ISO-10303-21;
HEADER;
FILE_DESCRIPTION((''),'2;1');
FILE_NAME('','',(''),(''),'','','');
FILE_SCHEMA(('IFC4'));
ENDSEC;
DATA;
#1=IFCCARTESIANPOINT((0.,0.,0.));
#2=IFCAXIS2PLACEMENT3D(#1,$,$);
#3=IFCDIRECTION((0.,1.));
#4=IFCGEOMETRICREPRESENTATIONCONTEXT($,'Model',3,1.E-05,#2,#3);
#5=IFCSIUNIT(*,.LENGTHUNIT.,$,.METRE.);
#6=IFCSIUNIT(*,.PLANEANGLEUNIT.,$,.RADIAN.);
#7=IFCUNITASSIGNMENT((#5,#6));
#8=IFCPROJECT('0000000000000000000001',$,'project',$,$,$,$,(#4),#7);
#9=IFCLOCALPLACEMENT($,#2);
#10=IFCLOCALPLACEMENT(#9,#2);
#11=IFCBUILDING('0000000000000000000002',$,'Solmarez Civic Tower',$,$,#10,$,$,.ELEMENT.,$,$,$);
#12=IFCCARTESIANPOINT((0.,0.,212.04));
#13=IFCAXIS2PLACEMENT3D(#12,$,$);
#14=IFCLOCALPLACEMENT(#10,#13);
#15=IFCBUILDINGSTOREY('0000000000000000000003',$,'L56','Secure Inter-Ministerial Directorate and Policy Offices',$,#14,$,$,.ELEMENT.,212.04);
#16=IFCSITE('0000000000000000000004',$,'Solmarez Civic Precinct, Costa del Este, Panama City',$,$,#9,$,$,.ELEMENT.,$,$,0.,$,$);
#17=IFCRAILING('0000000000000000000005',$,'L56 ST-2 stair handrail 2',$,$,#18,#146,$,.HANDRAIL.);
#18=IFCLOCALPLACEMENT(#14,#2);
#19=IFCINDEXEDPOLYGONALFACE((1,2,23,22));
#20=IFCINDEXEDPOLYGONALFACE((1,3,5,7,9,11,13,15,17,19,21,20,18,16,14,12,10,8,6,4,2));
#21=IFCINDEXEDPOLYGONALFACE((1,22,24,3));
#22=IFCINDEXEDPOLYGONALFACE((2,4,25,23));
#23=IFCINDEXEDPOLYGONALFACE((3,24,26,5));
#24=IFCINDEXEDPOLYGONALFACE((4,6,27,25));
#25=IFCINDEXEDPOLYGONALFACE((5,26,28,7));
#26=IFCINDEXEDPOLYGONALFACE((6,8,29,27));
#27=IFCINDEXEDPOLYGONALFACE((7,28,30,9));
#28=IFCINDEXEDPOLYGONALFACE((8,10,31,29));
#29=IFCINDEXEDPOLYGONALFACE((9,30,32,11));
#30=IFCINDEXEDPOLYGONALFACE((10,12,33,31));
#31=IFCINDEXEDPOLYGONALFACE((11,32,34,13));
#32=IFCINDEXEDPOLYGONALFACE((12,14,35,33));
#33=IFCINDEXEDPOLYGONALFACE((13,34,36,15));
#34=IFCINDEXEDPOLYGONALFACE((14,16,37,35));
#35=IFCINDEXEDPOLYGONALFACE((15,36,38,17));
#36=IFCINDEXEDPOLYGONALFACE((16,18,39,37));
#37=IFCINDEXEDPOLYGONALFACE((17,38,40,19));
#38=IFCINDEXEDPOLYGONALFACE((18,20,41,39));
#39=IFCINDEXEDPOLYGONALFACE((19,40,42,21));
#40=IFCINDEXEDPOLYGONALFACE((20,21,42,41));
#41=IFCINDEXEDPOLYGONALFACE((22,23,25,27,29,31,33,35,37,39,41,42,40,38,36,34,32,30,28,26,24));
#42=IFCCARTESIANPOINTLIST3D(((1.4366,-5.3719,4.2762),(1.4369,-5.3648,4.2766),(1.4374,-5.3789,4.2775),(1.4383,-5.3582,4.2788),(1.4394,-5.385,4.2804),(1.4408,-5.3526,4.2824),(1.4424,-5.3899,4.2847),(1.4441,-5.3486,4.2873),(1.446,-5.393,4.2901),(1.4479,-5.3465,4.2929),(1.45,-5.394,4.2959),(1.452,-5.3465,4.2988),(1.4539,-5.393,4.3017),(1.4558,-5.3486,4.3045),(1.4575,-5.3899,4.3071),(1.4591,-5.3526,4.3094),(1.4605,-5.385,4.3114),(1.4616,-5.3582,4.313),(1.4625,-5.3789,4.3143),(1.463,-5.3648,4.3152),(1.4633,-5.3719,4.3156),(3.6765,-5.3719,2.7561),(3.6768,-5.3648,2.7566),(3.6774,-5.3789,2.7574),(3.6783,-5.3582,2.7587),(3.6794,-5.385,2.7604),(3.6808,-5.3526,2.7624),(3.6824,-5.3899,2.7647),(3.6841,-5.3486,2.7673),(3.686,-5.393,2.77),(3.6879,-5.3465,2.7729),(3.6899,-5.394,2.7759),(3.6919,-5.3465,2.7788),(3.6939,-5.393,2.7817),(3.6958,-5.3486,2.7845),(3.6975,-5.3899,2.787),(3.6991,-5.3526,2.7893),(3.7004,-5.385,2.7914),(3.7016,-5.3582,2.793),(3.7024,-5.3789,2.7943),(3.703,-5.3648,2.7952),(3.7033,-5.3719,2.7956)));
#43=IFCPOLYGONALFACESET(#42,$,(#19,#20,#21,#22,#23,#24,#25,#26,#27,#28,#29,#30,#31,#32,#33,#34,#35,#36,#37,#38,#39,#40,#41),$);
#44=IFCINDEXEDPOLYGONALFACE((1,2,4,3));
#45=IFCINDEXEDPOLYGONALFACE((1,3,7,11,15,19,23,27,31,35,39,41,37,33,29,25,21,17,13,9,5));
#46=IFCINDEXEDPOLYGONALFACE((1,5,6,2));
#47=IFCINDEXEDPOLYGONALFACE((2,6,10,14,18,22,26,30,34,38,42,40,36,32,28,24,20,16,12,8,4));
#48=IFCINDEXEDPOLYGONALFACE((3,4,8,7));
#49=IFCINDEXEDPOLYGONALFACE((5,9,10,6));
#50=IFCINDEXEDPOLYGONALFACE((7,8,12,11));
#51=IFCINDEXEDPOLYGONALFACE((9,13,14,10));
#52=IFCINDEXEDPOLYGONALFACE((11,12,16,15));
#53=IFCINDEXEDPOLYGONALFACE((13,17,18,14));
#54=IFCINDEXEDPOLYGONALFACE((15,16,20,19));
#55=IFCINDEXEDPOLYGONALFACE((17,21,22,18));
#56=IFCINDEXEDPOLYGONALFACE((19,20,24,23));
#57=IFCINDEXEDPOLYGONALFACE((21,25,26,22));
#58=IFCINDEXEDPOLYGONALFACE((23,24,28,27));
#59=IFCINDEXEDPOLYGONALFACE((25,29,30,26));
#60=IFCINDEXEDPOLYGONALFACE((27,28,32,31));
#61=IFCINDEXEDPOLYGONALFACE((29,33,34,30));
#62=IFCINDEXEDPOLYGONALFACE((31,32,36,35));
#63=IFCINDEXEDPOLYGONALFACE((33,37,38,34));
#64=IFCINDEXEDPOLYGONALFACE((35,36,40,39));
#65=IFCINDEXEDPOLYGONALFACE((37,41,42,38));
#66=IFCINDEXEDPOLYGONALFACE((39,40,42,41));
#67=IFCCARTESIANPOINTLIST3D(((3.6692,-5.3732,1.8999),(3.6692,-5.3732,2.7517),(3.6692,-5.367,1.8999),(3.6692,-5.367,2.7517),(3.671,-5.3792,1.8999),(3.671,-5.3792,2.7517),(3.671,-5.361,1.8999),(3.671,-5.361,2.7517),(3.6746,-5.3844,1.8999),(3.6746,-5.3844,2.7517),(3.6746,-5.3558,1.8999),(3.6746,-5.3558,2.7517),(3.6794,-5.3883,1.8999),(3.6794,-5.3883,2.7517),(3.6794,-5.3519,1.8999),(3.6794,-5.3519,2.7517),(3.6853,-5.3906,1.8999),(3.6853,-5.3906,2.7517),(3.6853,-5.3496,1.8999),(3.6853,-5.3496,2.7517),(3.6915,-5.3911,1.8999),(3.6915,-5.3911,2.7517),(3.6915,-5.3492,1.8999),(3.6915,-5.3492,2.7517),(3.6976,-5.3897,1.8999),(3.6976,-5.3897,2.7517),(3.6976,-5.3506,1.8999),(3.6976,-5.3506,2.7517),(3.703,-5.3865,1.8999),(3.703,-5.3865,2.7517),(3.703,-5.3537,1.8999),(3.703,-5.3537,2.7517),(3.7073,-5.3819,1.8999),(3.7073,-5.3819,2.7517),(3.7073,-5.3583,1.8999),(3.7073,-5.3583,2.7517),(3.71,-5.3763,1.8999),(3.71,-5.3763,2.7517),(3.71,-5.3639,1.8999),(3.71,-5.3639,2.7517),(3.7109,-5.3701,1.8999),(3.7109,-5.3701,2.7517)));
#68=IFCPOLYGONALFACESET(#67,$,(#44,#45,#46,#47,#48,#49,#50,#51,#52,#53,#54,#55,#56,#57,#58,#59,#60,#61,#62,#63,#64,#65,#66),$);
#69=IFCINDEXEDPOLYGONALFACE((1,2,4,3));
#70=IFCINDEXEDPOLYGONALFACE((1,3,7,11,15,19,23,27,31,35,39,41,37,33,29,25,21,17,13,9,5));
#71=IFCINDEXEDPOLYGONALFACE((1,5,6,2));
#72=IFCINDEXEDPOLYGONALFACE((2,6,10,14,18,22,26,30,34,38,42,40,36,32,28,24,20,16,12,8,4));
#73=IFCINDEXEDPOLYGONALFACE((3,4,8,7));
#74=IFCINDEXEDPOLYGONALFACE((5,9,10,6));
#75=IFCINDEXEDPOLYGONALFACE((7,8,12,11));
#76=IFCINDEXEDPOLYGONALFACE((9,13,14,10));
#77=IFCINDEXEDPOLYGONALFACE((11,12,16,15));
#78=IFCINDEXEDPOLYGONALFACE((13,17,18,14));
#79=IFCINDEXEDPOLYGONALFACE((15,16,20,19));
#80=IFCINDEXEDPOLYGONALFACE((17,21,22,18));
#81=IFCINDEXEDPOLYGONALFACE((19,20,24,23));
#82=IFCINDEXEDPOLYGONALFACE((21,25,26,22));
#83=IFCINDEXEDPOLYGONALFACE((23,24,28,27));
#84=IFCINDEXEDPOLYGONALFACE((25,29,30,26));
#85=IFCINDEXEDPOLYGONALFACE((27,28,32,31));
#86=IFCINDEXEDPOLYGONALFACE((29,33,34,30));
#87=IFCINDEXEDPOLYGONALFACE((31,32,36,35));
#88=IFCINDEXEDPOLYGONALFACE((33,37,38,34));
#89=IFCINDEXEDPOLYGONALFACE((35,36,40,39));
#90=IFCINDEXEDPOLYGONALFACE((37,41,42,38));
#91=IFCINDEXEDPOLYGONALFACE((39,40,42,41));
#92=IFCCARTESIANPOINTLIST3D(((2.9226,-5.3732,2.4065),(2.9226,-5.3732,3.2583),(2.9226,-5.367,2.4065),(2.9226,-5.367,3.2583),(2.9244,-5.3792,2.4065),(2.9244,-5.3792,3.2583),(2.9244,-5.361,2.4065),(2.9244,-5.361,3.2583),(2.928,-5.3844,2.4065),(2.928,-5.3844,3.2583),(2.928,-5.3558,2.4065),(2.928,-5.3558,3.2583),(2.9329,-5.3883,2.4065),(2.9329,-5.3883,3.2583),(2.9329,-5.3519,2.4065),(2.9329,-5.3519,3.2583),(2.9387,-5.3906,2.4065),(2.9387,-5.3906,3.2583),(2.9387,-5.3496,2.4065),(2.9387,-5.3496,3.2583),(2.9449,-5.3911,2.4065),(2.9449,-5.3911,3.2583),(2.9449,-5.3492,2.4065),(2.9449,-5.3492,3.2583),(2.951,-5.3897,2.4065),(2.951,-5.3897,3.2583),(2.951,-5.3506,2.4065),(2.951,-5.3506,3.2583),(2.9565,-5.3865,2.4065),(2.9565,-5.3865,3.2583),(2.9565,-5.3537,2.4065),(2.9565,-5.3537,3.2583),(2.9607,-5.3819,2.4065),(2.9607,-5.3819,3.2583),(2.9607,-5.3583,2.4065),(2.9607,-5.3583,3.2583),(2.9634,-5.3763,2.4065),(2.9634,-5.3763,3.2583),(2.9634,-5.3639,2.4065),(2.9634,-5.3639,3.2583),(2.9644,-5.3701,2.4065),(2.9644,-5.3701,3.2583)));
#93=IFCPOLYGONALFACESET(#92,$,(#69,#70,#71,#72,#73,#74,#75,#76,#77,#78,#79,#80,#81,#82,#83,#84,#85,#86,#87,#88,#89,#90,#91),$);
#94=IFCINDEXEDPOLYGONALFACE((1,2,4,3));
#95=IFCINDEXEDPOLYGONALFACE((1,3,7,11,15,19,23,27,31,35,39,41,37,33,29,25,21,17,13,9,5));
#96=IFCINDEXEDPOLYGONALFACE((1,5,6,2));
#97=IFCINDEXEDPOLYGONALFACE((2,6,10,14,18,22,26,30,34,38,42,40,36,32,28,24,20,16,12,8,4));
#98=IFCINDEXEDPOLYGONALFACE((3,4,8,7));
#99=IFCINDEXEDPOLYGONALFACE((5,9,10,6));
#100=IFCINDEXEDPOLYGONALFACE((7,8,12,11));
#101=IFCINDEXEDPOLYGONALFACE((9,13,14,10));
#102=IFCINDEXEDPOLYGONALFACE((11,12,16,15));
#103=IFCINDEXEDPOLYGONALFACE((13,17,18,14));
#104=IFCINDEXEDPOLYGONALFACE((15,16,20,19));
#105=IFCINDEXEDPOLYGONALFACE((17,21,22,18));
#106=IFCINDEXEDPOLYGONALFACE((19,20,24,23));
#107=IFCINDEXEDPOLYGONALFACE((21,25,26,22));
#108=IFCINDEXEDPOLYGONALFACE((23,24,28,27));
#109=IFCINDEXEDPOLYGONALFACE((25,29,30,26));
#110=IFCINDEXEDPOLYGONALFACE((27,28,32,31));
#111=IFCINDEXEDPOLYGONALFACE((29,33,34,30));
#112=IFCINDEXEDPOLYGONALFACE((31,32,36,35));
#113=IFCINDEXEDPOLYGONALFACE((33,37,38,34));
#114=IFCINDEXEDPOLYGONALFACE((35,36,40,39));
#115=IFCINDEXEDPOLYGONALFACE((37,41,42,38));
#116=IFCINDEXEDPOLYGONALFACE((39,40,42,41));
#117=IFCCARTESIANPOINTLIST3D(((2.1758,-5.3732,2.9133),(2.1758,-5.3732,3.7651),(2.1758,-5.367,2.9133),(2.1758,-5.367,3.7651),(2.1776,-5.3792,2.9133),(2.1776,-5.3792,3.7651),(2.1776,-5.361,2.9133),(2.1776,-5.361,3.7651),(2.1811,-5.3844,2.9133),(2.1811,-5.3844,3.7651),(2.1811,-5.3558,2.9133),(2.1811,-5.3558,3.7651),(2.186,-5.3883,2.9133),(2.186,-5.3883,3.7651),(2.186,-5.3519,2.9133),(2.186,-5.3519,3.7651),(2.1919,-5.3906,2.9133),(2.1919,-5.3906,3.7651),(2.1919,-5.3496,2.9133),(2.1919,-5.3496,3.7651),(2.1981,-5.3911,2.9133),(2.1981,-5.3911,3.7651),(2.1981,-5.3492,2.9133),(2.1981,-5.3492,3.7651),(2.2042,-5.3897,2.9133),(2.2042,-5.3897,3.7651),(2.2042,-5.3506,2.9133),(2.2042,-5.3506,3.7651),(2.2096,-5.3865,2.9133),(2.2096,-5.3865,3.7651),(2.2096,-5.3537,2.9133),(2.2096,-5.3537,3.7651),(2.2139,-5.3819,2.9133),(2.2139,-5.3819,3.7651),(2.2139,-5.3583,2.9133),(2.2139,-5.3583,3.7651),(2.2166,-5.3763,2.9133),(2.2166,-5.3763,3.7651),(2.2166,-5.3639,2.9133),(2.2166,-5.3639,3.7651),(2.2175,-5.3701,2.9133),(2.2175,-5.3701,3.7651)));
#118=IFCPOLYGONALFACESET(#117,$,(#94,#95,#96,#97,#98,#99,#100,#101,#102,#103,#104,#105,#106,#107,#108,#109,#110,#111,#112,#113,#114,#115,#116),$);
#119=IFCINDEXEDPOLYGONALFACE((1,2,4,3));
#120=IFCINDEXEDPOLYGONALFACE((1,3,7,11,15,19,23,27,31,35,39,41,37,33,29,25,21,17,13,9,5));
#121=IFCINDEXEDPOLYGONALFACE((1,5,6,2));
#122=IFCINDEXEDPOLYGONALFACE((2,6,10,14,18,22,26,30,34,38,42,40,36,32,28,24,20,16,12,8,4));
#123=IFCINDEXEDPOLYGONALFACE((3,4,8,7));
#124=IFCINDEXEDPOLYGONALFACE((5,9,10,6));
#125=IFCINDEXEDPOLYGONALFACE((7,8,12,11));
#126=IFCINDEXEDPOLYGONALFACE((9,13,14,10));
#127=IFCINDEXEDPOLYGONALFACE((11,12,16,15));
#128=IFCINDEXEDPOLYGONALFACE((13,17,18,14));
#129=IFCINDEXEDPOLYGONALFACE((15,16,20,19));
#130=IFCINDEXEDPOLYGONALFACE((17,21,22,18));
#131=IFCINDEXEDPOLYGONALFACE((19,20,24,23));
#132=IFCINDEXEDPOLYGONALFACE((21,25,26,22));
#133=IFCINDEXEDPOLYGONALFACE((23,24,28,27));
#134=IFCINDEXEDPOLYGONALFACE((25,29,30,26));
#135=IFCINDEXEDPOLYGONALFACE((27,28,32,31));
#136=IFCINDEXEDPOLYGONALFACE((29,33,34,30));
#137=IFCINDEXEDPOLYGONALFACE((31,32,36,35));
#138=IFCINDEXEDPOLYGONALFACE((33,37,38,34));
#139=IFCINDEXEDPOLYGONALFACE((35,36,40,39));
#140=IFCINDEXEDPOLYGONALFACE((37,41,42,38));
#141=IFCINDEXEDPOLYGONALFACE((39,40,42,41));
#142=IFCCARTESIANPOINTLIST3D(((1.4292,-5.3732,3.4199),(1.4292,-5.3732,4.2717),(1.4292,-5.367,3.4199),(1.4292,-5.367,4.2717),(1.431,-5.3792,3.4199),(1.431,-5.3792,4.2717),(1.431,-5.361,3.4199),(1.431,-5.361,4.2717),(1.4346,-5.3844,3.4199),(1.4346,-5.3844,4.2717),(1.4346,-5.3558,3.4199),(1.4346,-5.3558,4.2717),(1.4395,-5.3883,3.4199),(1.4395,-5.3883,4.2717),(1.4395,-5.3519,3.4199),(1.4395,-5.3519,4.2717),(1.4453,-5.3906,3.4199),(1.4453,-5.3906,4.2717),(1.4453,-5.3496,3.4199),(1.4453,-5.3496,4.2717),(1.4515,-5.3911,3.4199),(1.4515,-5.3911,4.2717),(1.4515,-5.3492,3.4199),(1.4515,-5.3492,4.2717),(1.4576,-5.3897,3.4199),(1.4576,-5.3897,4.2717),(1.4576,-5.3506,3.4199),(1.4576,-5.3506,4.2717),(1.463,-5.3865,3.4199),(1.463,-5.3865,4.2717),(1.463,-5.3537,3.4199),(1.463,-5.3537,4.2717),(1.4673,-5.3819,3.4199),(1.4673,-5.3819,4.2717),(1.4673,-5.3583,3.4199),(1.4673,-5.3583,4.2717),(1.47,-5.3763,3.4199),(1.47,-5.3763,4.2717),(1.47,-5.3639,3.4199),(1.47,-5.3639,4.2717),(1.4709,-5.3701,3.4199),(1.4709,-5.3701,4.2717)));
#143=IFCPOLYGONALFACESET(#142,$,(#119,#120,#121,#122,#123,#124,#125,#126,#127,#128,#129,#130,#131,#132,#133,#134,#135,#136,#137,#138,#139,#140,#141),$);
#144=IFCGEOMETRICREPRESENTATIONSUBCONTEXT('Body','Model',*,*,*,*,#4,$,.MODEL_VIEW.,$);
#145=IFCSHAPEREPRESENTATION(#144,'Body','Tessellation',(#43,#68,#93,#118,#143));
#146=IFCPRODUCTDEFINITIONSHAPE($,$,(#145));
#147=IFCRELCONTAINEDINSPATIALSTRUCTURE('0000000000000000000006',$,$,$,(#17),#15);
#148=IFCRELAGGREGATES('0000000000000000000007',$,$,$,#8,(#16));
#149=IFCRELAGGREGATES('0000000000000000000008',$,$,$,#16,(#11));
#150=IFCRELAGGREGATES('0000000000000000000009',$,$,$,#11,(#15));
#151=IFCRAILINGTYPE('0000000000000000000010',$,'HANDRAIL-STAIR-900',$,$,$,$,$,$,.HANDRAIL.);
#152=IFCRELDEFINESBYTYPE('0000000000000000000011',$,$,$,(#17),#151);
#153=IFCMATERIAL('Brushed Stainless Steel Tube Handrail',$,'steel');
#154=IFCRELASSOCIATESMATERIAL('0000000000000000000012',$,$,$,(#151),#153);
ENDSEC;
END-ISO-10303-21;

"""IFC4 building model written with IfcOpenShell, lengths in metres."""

from ifc_helpers import new_model, si_unit, direction, frame, origin, origin_2d, place, context, subcontext, project, spatial, circle, extrude, material, type_object, element, save


model = new_model("IFC4")

# Units and contexts
model_context = context("Model", 3, precision=1e-05, world=origin(), true_north=direction((0.0, 1.0)))
body_context = subcontext(model_context, "Body", "Model", "MODEL_VIEW")
ifc_project = project(units=[si_unit("LENGTHUNIT", "METRE"), si_unit("PLANEANGLEUNIT", "RADIAN")], contexts=[model_context])

# Site, building, storey
site_placement = place(None, origin())
site = spatial("IfcSite", under=ifc_project, at=site_placement, Name="Solmarez Civic Precinct, Costa del Este, Panama City", CompositionType="ELEMENT", RefElevation=0.0)
building_placement = place(site_placement, origin())
building = spatial("IfcBuilding", under=site, at=building_placement, Name="Solmarez Civic Tower", CompositionType="ELEMENT")
storey_placement = place(building_placement, frame((0.0, 0.0, 212.04)))
storey = spatial("IfcBuildingStorey", under=building, at=storey_placement, Name="L56", Description="Secure Inter-Ministerial Directorate and Policy Offices", CompositionType="ELEMENT", Elevation=212.04)

# Railing
ifc_material_1 = material(Name="Brushed Stainless Steel Tube Handrail", Category="steel")
railing_type_1 = type_object("IfcRailingType", Name="HANDRAIL-STAIR-900", PredefinedType="HANDRAIL", material=ifc_material_1)
railing_1_placement = place(storey_placement, frame((3.6899, -5.3701, 1.8999)))
element("IfcRailing", 1, at=railing_1_placement, inside=storey, type_object=railing_type_1, Name="L56 ST-2 stair handrail 2", PredefinedType="HANDRAIL", context=body_context, shape_type="SweptSolid", body=[
    extrude(circle(Radius=0.0239, at=origin_2d()), frame((0.0, 0.0, 0.876), z_axis=(-0.827471, 0.0, 0.561508), x_axis=(0.0, -1.0, 0.0)), (0.0, 0.0, 1.0), 2.707),
    extrude(circle(Radius=0.021, at=origin_2d()), origin(), (0.0, 0.0, 1.0), 0.8518),
    extrude(circle(Radius=0.021, at=origin_2d()), frame((-0.7466, 0.0, 0.5066)), (0.0, 0.0, 1.0), 0.8518),
    extrude(circle(Radius=0.021, at=origin_2d()), frame((-1.4934, 0.0, 1.0134)), (0.0, 0.0, 1.0), 0.8518),
    extrude(circle(Radius=0.021, at=origin_2d()), frame((-2.24, 0.0, 1.52)), (0.0, 0.0, 1.0), 0.8518),
])

save(model, "model.ifc")
